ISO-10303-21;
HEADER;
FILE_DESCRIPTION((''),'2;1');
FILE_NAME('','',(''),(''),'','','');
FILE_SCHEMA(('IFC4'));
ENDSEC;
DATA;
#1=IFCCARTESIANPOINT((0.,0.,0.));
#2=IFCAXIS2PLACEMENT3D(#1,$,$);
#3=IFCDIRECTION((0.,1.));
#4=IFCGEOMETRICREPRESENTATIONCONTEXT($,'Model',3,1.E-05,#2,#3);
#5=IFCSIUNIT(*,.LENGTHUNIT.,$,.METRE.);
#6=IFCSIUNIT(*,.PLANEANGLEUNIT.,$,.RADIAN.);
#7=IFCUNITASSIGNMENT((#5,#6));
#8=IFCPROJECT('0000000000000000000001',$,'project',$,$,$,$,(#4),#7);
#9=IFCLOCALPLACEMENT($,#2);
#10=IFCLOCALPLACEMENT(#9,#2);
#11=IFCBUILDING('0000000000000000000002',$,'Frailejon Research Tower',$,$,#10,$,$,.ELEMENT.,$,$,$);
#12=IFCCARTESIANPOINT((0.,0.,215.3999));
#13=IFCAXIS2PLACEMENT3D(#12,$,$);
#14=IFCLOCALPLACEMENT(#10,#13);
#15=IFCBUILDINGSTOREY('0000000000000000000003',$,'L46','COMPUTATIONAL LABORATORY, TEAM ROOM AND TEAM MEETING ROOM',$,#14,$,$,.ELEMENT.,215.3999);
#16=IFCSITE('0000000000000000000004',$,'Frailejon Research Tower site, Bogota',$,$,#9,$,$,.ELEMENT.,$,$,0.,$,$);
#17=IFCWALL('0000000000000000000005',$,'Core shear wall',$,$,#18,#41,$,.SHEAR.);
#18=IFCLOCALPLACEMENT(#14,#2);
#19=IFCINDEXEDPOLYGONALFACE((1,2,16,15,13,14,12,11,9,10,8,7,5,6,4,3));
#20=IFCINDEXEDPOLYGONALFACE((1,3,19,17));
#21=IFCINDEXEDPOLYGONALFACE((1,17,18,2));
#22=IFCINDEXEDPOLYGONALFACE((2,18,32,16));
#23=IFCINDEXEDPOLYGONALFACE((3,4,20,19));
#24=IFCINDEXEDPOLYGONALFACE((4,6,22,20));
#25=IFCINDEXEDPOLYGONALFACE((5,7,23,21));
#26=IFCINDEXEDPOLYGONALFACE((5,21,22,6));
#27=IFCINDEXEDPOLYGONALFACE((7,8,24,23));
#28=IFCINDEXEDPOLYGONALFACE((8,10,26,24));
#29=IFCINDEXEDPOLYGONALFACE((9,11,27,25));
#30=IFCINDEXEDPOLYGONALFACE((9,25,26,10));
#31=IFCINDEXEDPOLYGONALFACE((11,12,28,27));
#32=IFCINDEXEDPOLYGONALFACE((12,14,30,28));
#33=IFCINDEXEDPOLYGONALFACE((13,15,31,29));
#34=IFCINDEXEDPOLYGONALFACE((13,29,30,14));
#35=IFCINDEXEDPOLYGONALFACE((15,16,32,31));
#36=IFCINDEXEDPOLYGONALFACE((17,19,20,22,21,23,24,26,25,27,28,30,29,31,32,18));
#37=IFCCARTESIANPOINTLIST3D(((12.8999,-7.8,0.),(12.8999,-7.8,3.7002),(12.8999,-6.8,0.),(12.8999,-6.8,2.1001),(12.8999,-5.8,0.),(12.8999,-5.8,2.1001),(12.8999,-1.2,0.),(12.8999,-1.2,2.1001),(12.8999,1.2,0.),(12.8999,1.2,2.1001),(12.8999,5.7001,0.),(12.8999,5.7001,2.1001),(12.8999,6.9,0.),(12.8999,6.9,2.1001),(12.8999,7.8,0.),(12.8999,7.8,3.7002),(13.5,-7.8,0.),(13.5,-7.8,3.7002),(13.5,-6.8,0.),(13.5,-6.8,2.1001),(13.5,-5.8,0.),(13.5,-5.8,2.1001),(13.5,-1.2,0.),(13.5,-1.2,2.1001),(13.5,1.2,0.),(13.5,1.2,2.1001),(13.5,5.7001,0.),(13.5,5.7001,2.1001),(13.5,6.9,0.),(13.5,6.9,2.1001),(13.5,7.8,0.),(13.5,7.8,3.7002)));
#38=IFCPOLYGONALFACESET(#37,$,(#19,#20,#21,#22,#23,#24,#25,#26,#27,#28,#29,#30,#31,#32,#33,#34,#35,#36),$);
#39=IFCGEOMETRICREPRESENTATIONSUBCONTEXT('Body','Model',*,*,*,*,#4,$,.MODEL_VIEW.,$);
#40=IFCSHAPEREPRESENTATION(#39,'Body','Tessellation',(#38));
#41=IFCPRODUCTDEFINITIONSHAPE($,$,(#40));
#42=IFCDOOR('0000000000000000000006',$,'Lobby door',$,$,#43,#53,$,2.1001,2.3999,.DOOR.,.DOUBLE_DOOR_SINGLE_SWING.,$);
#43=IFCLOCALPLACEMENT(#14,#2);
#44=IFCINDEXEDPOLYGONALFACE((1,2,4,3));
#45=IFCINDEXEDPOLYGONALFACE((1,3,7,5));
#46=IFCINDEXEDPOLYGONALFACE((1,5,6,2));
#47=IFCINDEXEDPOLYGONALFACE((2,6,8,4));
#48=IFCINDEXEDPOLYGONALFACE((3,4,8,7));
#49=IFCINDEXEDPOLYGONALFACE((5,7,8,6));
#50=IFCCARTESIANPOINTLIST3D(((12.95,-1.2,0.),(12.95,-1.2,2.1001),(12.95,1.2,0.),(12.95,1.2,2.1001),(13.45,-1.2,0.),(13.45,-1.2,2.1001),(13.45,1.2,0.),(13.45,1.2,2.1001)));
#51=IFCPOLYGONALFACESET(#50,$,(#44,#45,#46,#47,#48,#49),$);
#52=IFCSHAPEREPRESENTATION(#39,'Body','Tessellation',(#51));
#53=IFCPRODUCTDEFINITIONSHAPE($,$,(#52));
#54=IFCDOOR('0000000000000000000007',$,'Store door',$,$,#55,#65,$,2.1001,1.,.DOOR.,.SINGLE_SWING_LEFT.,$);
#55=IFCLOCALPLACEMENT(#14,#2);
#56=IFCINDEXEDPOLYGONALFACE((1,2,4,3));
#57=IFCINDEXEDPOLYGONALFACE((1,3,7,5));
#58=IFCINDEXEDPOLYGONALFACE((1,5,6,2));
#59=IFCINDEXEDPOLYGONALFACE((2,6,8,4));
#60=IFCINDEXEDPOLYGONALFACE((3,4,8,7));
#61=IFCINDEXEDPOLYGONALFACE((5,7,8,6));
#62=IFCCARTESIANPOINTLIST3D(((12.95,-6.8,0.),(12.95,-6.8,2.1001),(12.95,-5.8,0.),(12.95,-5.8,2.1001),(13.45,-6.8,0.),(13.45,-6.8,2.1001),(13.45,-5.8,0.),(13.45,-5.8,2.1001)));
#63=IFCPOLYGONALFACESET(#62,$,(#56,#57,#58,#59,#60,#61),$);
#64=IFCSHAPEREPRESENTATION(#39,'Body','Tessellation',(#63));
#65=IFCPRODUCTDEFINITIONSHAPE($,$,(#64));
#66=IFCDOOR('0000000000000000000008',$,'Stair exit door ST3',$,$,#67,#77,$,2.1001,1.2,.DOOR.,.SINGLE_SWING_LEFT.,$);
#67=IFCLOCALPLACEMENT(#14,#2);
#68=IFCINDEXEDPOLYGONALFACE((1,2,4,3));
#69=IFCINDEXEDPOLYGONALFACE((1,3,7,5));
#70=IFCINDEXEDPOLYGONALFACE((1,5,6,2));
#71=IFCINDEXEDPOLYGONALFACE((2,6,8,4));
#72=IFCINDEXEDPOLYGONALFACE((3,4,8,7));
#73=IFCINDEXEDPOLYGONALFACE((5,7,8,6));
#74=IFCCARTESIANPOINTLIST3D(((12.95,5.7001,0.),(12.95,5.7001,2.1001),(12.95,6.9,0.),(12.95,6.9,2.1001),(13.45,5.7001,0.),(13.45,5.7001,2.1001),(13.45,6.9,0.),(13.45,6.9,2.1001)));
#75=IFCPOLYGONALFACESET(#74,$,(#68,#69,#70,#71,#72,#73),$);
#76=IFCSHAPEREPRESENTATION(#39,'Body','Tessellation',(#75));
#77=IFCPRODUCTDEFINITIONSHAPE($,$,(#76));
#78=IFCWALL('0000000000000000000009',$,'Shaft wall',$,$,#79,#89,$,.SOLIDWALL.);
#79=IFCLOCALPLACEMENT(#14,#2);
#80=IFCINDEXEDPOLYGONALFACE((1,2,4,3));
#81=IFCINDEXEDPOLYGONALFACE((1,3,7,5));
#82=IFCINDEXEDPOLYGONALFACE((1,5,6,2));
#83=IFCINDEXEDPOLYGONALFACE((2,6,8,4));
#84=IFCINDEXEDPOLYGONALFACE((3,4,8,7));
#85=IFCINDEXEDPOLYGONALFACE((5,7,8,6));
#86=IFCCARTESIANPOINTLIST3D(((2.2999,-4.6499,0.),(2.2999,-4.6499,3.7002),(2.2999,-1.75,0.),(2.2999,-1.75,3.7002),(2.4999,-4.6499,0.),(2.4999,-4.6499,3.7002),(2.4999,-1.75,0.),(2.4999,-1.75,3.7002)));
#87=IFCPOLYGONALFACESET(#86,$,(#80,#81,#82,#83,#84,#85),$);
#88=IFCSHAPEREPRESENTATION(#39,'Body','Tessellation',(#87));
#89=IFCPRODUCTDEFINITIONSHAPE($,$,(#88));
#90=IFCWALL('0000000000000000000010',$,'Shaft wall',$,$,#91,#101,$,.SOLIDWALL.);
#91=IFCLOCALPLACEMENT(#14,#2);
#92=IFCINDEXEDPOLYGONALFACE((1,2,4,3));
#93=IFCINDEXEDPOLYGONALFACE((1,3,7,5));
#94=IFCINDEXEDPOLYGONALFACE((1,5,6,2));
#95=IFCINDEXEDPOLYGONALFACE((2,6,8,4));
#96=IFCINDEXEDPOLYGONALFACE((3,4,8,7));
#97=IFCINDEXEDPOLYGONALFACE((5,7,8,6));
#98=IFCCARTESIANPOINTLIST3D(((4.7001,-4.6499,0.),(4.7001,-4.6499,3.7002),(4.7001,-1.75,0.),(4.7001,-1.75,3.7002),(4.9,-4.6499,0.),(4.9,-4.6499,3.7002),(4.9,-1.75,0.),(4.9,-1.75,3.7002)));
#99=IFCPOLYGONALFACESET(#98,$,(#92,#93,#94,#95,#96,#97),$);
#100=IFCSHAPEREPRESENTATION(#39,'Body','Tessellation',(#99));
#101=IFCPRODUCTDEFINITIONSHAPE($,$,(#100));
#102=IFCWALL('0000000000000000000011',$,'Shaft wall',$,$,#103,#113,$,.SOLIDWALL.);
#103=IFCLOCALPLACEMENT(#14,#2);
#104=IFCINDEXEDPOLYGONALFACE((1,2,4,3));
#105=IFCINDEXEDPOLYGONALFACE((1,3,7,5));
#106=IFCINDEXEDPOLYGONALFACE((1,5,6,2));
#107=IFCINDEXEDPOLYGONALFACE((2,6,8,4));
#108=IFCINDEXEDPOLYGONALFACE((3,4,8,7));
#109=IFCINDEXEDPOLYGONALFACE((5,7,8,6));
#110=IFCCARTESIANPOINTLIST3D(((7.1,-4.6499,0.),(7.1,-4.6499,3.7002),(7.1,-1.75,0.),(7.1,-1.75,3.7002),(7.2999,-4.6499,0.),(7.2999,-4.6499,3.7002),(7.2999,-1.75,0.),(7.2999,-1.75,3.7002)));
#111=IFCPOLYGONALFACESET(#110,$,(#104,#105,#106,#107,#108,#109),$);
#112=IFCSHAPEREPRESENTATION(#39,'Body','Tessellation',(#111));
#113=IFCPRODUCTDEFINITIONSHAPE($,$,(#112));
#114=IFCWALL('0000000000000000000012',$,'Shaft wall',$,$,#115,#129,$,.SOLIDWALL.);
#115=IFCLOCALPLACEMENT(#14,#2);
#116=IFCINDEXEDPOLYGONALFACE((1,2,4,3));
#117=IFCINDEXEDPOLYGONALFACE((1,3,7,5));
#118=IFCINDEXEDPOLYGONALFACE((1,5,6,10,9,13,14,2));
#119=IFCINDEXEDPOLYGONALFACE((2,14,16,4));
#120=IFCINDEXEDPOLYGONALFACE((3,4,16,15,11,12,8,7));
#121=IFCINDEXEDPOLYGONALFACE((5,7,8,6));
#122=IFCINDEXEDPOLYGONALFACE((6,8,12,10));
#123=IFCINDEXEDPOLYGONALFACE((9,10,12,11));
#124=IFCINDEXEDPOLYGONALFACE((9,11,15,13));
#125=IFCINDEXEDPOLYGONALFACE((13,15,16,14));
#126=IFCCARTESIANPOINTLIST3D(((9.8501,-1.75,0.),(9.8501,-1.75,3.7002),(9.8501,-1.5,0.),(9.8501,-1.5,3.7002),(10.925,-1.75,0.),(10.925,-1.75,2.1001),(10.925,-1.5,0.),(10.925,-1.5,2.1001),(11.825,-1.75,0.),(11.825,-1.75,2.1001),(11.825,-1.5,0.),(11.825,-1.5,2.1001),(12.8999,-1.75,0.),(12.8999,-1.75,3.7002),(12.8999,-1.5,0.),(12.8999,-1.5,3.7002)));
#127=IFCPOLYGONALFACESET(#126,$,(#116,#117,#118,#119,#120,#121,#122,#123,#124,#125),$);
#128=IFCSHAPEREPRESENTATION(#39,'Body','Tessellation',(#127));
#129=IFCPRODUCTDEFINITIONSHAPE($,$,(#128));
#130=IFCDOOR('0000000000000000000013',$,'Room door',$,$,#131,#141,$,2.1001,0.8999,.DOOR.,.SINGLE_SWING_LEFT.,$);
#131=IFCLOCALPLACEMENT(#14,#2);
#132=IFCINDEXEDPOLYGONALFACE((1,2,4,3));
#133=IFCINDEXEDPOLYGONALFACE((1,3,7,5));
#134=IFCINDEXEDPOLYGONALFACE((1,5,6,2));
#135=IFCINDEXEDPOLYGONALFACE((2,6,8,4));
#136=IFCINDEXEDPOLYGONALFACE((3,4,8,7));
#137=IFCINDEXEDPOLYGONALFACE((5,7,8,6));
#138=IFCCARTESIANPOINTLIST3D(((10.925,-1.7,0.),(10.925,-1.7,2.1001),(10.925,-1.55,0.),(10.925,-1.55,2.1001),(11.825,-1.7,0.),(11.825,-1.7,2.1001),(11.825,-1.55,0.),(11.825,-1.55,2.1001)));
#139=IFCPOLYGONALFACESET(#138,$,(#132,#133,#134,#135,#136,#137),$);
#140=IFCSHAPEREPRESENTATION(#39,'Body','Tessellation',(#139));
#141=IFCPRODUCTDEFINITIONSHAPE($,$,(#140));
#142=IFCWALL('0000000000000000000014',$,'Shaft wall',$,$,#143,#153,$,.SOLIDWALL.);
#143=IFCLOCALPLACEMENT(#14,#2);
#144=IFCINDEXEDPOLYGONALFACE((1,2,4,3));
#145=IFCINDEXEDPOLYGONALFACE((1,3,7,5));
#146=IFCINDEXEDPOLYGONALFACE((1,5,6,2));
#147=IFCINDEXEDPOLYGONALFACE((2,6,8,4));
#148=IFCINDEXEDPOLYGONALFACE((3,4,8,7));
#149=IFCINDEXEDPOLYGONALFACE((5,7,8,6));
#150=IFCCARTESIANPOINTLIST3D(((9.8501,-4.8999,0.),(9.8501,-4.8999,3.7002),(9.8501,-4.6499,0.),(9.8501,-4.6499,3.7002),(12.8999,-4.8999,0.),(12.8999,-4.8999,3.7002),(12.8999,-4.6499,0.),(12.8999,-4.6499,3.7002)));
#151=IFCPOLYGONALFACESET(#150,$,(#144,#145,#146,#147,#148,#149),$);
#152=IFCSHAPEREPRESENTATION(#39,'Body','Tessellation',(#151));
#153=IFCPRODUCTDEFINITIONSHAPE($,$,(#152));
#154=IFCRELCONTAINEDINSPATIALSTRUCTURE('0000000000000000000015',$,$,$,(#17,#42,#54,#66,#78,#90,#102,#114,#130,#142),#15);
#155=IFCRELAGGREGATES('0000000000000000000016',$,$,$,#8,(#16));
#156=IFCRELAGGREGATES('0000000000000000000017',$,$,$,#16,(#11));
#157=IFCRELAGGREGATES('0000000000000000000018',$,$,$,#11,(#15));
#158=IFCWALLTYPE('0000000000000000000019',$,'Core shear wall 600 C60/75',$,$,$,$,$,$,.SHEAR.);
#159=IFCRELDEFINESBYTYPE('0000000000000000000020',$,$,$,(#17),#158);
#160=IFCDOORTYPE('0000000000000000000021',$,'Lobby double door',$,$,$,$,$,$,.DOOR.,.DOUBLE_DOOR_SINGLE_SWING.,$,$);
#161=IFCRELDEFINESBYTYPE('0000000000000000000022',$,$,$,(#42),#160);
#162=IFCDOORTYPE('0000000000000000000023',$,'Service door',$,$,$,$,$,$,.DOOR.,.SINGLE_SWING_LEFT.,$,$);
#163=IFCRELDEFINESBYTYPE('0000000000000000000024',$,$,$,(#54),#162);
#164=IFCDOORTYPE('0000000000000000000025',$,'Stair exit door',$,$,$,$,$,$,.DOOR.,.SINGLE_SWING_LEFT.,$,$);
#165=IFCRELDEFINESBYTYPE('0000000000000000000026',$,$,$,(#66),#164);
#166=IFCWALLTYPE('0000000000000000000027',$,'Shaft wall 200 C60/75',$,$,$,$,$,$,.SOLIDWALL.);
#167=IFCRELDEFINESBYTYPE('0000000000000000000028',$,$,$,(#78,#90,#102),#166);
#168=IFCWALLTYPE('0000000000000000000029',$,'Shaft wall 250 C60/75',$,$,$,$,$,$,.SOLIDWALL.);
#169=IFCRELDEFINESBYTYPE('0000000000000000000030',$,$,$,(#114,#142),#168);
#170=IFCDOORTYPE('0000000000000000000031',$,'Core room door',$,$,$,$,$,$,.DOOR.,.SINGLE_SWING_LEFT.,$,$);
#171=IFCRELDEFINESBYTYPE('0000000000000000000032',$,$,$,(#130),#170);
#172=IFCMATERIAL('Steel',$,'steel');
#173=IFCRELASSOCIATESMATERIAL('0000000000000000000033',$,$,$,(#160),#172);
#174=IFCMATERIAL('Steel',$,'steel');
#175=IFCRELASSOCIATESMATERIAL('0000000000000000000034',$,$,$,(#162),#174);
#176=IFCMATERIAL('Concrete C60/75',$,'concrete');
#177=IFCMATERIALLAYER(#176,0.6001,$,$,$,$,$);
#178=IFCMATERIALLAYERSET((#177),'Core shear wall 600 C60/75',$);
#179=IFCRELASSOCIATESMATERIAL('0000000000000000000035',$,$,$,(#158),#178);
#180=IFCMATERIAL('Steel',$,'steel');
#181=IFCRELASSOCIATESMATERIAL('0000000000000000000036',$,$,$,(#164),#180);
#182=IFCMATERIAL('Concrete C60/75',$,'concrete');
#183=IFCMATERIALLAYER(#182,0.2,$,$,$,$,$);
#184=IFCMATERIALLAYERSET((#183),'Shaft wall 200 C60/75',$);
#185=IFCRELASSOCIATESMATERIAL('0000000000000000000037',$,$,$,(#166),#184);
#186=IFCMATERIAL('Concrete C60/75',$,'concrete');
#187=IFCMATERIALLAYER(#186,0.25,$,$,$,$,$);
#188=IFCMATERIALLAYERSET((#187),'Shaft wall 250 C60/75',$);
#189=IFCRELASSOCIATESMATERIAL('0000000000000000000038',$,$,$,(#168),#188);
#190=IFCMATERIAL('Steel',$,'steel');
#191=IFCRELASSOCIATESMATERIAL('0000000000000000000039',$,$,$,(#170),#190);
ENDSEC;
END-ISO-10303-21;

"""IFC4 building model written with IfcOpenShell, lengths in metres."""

from ifc_helpers import new_model, si_unit, direction, frame, frame_2d, origin, place, context, subcontext, project, spatial, rectangle, extrude, material, layer, layer_set, type_object, element, fill, save


model = new_model("IFC4")

# Units and contexts
model_context = context("Model", 3, precision=1e-05, world=origin(), true_north=direction((0.0, 1.0)))
body_context = subcontext(model_context, "Body", "Model", "MODEL_VIEW")
ifc_project = project(units=[si_unit("LENGTHUNIT", "METRE"), si_unit("PLANEANGLEUNIT", "RADIAN")], contexts=[model_context])

# Site, building, storey
site_placement = place(None, origin())
site = spatial("IfcSite", under=ifc_project, at=site_placement, Name="Frailejon Research Tower site, Bogota", CompositionType="ELEMENT", RefElevation=0.0)
building_placement = place(site_placement, origin())
building = spatial("IfcBuilding", under=site, at=building_placement, Name="Frailejon Research Tower", CompositionType="ELEMENT")
storey_placement = place(building_placement, frame((0.0, 0.0, 215.3999)))
storey = spatial("IfcBuildingStorey", under=building, at=storey_placement, Name="L46", Description="COMPUTATIONAL LABORATORY, TEAM ROOM AND TEAM MEETING ROOM", CompositionType="ELEMENT", Elevation=215.3999)

# Wall, openings, doors
ifc_material_1 = material(Name="Steel", Category="steel")
door_type_1 = type_object("IfcDoorType", Name="Lobby double door", OperationType="DOUBLE_DOOR_SINGLE_SWING", PredefinedType="DOOR", material=ifc_material_1)
ifc_material_2 = material(Name="Steel", Category="steel")
door_type_2 = type_object("IfcDoorType", Name="Service door", OperationType="SINGLE_SWING_LEFT", PredefinedType="DOOR", material=ifc_material_2)
ifc_material_3 = material(Name="Concrete C60/75", Category="concrete")
ifc_layer_1 = layer(ifc_material_3, 0.6001)
ifc_layer_set_1 = layer_set([ifc_layer_1], Name="Core shear wall 600 C60/75")
wall_type_1 = type_object("IfcWallType", Name="Core shear wall 600 C60/75", PredefinedType="SHEAR", material=ifc_layer_set_1)
wall_1_placement = place(storey_placement, frame((13.2, -7.8, 0.0), z_axis=(0.0, 0.0, 1.0), x_axis=(0.0, 1.0, 0.0)))
wall_1 = element("IfcWall", 1, at=wall_1_placement, inside=storey, type_object=wall_type_1, Name="Core shear wall", PredefinedType="SHEAR", context=body_context, shape_type="SweptSolid", body=[
    extrude(rectangle(XDim=15.6001, YDim=0.6001, at=frame_2d((7.8, 0.0))), origin(), (0.0, 0.0, 1.0), 3.7002),
])
opening_1_placement = place(wall_1_placement, frame((6.6001, 0.0, 0.0)))
opening_1 = element("IfcOpeningElement", 2, at=opening_1_placement, cuts=wall_1, PredefinedType="OPENING", context=body_context, shape_type="SweptSolid", body=[
    extrude(rectangle(XDim=2.3999, YDim=2.1001, at=frame_2d((1.2, 1.05))), frame((0.0, 0.3101, 0.0), z_axis=(0.0, -1.0, 0.0), x_axis=(1.0, 0.0, 0.0)), (0.0, 0.0, 1.0), 0.6201),
])
opening_2_placement = place(wall_1_placement, frame((13.5, 0.0, 0.0)))
opening_2 = element("IfcOpeningElement", 3, at=opening_2_placement, cuts=wall_1, PredefinedType="OPENING", context=body_context, shape_type="SweptSolid", body=[
    extrude(rectangle(XDim=1.2, YDim=2.1001, at=frame_2d((0.6001, 1.05))), frame((0.0, 0.3101, 0.0), z_axis=(0.0, -1.0, 0.0), x_axis=(1.0, 0.0, 0.0)), (0.0, 0.0, 1.0), 0.6201),
])
opening_3_placement = place(wall_1_placement, frame((1.0, 0.0, 0.0)))
opening_3 = element("IfcOpeningElement", 4, at=opening_3_placement, cuts=wall_1, PredefinedType="OPENING", context=body_context, shape_type="SweptSolid", body=[
    extrude(rectangle(XDim=1.0, YDim=2.1001, at=frame_2d((0.5, 1.05))), frame((0.0, 0.3101, 0.0), z_axis=(0.0, -1.0, 0.0), x_axis=(1.0, 0.0, 0.0)), (0.0, 0.0, 1.0), 0.6201),
])
door_1_placement = place(opening_1_placement, origin())
door_1 = element("IfcDoor", 5, at=door_1_placement, inside=storey, type_object=door_type_1, Name="Lobby door", OperationType="DOUBLE_DOOR_SINGLE_SWING", OverallHeight=2.1001, OverallWidth=2.3999, PredefinedType="DOOR", context=body_context, shape_type="SweptSolid", body=[
    extrude(rectangle(XDim=2.3999, YDim=2.1001, at=frame_2d((1.2, 1.05))), frame((0.0, 0.25, 0.0), z_axis=(0.0, -1.0, 0.0), x_axis=(1.0, 0.0, 0.0)), (0.0, 0.0, 1.0), 0.5),
])
fill(opening_1, door_1)
door_2_placement = place(opening_3_placement, origin())
door_2 = element("IfcDoor", 6, at=door_2_placement, inside=storey, type_object=door_type_2, Name="Store door", OperationType="SINGLE_SWING_LEFT", OverallHeight=2.1001, OverallWidth=1.0, PredefinedType="DOOR", context=body_context, shape_type="SweptSolid", body=[
    extrude(rectangle(XDim=1.0, YDim=2.1001, at=frame_2d((0.5, 1.05))), frame((0.0, 0.25, 0.0), z_axis=(0.0, -1.0, 0.0), x_axis=(1.0, 0.0, 0.0)), (0.0, 0.0, 1.0), 0.5),
])
fill(opening_3, door_2)
ifc_material_4 = material(Name="Steel", Category="steel")
door_type_3 = type_object("IfcDoorType", Name="Stair exit door", OperationType="SINGLE_SWING_LEFT", PredefinedType="DOOR", material=ifc_material_4)
door_3_placement = place(opening_2_placement, origin())
door_3 = element("IfcDoor", 7, at=door_3_placement, inside=storey, type_object=door_type_3, Name="Stair exit door ST3", OperationType="SINGLE_SWING_LEFT", OverallHeight=2.1001, OverallWidth=1.2, PredefinedType="DOOR", context=body_context, shape_type="SweptSolid", body=[
    extrude(rectangle(XDim=1.2, YDim=2.1001, at=frame_2d((0.6001, 1.05))), frame((0.0, 0.25, 0.0), z_axis=(0.0, -1.0, 0.0), x_axis=(1.0, 0.0, 0.0)), (0.0, 0.0, 1.0), 0.5),
])
fill(opening_2, door_3)

# Walls
ifc_material_5 = material(Name="Concrete C60/75", Category="concrete")
ifc_layer_2 = layer(ifc_material_5, 0.2)
ifc_layer_set_2 = layer_set([ifc_layer_2], Name="Shaft wall 200 C60/75")
wall_type_2 = type_object("IfcWallType", Name="Shaft wall 200 C60/75", PredefinedType="SOLIDWALL", material=ifc_layer_set_2)
for number, where, z_axis, x_axis, name in (
    (8, (2.3999, -4.6499, 0.0), (0.0, 0.0, 1.0), (0.0, 1.0, 0.0), "Shaft wall"),
    (9, (4.8, -4.6499, 0.0), (0.0, 0.0, 1.0), (0.0, 1.0, 0.0), "Shaft wall"),
    (10, (7.2, -4.6499, 0.0), (0.0, 0.0, 1.0), (0.0, 1.0, 0.0), "Shaft wall"),
):
    element("IfcWall", number, at=place(storey_placement, frame(where, z_axis=z_axis, x_axis=x_axis)), inside=storey, type_object=wall_type_2, Name=name, PredefinedType="SOLIDWALL", context=body_context, shape_type="SweptSolid", body=[
        extrude(rectangle(XDim=2.8999, YDim=0.2, at=frame_2d((1.45, 0.0))), origin(), (0.0, 0.0, 1.0), 3.7002),
    ])

# Wall, opening, door
ifc_material_6 = material(Name="Concrete C60/75", Category="concrete")
ifc_layer_3 = layer(ifc_material_6, 0.25)
ifc_layer_set_3 = layer_set([ifc_layer_3], Name="Shaft wall 250 C60/75")
wall_type_3 = type_object("IfcWallType", Name="Shaft wall 250 C60/75", PredefinedType="SOLIDWALL", material=ifc_layer_set_3)
wall_2_placement = place(storey_placement, frame((9.8501, -1.625, 0.0), z_axis=(0.0, 0.0, 1.0), x_axis=(1.0, 0.0, 0.0)))
wall_2 = element("IfcWall", 11, at=wall_2_placement, inside=storey, type_object=wall_type_3, Name="Shaft wall", PredefinedType="SOLIDWALL", context=body_context, shape_type="SweptSolid", body=[
    extrude(rectangle(XDim=3.0498, YDim=0.25, at=frame_2d((1.5249, 0.0))), origin(), (0.0, 0.0, 1.0), 3.7002),
])
opening_4_placement = place(wall_2_placement, frame((1.075, 0.0, 0.0)))
opening_4 = element("IfcOpeningElement", 12, at=opening_4_placement, cuts=wall_2, PredefinedType="OPENING", context=body_context, shape_type="SweptSolid", body=[
    extrude(rectangle(XDim=0.8999, YDim=2.1001, at=frame_2d((0.45, 1.05))), frame((0.0, 0.135, 0.0), z_axis=(0.0, -1.0, 0.0), x_axis=(1.0, 0.0, 0.0)), (0.0, 0.0, 1.0), 0.27),
])
ifc_material_7 = material(Name="Steel", Category="steel")
door_type_4 = type_object("IfcDoorType", Name="Core room door", OperationType="SINGLE_SWING_LEFT", PredefinedType="DOOR", material=ifc_material_7)
door_4_placement = place(opening_4_placement, origin())
door_4 = element("IfcDoor", 13, at=door_4_placement, inside=storey, type_object=door_type_4, Name="Room door", OperationType="SINGLE_SWING_LEFT", OverallHeight=2.1001, OverallWidth=0.8999, PredefinedType="DOOR", context=body_context, shape_type="SweptSolid", body=[
    extrude(rectangle(XDim=0.8999, YDim=2.1001, at=frame_2d((0.45, 1.05))), frame((0.0, 0.075, 0.0), z_axis=(0.0, -1.0, 0.0), x_axis=(1.0, 0.0, 0.0)), (0.0, 0.0, 1.0), 0.1499),
])
fill(opening_4, door_4)

# Wall
wall_3_placement = place(storey_placement, frame((9.8501, -4.7749, 0.0), z_axis=(0.0, 0.0, 1.0), x_axis=(1.0, 0.0, 0.0)))
element("IfcWall", 14, at=wall_3_placement, inside=storey, type_object=wall_type_3, Name="Shaft wall", PredefinedType="SOLIDWALL", context=body_context, shape_type="SweptSolid", body=[
    extrude(rectangle(XDim=3.0498, YDim=0.25, at=frame_2d((1.5249, 0.0))), origin(), (0.0, 0.0, 1.0), 3.7002),
])

save(model, "model.ifc")
